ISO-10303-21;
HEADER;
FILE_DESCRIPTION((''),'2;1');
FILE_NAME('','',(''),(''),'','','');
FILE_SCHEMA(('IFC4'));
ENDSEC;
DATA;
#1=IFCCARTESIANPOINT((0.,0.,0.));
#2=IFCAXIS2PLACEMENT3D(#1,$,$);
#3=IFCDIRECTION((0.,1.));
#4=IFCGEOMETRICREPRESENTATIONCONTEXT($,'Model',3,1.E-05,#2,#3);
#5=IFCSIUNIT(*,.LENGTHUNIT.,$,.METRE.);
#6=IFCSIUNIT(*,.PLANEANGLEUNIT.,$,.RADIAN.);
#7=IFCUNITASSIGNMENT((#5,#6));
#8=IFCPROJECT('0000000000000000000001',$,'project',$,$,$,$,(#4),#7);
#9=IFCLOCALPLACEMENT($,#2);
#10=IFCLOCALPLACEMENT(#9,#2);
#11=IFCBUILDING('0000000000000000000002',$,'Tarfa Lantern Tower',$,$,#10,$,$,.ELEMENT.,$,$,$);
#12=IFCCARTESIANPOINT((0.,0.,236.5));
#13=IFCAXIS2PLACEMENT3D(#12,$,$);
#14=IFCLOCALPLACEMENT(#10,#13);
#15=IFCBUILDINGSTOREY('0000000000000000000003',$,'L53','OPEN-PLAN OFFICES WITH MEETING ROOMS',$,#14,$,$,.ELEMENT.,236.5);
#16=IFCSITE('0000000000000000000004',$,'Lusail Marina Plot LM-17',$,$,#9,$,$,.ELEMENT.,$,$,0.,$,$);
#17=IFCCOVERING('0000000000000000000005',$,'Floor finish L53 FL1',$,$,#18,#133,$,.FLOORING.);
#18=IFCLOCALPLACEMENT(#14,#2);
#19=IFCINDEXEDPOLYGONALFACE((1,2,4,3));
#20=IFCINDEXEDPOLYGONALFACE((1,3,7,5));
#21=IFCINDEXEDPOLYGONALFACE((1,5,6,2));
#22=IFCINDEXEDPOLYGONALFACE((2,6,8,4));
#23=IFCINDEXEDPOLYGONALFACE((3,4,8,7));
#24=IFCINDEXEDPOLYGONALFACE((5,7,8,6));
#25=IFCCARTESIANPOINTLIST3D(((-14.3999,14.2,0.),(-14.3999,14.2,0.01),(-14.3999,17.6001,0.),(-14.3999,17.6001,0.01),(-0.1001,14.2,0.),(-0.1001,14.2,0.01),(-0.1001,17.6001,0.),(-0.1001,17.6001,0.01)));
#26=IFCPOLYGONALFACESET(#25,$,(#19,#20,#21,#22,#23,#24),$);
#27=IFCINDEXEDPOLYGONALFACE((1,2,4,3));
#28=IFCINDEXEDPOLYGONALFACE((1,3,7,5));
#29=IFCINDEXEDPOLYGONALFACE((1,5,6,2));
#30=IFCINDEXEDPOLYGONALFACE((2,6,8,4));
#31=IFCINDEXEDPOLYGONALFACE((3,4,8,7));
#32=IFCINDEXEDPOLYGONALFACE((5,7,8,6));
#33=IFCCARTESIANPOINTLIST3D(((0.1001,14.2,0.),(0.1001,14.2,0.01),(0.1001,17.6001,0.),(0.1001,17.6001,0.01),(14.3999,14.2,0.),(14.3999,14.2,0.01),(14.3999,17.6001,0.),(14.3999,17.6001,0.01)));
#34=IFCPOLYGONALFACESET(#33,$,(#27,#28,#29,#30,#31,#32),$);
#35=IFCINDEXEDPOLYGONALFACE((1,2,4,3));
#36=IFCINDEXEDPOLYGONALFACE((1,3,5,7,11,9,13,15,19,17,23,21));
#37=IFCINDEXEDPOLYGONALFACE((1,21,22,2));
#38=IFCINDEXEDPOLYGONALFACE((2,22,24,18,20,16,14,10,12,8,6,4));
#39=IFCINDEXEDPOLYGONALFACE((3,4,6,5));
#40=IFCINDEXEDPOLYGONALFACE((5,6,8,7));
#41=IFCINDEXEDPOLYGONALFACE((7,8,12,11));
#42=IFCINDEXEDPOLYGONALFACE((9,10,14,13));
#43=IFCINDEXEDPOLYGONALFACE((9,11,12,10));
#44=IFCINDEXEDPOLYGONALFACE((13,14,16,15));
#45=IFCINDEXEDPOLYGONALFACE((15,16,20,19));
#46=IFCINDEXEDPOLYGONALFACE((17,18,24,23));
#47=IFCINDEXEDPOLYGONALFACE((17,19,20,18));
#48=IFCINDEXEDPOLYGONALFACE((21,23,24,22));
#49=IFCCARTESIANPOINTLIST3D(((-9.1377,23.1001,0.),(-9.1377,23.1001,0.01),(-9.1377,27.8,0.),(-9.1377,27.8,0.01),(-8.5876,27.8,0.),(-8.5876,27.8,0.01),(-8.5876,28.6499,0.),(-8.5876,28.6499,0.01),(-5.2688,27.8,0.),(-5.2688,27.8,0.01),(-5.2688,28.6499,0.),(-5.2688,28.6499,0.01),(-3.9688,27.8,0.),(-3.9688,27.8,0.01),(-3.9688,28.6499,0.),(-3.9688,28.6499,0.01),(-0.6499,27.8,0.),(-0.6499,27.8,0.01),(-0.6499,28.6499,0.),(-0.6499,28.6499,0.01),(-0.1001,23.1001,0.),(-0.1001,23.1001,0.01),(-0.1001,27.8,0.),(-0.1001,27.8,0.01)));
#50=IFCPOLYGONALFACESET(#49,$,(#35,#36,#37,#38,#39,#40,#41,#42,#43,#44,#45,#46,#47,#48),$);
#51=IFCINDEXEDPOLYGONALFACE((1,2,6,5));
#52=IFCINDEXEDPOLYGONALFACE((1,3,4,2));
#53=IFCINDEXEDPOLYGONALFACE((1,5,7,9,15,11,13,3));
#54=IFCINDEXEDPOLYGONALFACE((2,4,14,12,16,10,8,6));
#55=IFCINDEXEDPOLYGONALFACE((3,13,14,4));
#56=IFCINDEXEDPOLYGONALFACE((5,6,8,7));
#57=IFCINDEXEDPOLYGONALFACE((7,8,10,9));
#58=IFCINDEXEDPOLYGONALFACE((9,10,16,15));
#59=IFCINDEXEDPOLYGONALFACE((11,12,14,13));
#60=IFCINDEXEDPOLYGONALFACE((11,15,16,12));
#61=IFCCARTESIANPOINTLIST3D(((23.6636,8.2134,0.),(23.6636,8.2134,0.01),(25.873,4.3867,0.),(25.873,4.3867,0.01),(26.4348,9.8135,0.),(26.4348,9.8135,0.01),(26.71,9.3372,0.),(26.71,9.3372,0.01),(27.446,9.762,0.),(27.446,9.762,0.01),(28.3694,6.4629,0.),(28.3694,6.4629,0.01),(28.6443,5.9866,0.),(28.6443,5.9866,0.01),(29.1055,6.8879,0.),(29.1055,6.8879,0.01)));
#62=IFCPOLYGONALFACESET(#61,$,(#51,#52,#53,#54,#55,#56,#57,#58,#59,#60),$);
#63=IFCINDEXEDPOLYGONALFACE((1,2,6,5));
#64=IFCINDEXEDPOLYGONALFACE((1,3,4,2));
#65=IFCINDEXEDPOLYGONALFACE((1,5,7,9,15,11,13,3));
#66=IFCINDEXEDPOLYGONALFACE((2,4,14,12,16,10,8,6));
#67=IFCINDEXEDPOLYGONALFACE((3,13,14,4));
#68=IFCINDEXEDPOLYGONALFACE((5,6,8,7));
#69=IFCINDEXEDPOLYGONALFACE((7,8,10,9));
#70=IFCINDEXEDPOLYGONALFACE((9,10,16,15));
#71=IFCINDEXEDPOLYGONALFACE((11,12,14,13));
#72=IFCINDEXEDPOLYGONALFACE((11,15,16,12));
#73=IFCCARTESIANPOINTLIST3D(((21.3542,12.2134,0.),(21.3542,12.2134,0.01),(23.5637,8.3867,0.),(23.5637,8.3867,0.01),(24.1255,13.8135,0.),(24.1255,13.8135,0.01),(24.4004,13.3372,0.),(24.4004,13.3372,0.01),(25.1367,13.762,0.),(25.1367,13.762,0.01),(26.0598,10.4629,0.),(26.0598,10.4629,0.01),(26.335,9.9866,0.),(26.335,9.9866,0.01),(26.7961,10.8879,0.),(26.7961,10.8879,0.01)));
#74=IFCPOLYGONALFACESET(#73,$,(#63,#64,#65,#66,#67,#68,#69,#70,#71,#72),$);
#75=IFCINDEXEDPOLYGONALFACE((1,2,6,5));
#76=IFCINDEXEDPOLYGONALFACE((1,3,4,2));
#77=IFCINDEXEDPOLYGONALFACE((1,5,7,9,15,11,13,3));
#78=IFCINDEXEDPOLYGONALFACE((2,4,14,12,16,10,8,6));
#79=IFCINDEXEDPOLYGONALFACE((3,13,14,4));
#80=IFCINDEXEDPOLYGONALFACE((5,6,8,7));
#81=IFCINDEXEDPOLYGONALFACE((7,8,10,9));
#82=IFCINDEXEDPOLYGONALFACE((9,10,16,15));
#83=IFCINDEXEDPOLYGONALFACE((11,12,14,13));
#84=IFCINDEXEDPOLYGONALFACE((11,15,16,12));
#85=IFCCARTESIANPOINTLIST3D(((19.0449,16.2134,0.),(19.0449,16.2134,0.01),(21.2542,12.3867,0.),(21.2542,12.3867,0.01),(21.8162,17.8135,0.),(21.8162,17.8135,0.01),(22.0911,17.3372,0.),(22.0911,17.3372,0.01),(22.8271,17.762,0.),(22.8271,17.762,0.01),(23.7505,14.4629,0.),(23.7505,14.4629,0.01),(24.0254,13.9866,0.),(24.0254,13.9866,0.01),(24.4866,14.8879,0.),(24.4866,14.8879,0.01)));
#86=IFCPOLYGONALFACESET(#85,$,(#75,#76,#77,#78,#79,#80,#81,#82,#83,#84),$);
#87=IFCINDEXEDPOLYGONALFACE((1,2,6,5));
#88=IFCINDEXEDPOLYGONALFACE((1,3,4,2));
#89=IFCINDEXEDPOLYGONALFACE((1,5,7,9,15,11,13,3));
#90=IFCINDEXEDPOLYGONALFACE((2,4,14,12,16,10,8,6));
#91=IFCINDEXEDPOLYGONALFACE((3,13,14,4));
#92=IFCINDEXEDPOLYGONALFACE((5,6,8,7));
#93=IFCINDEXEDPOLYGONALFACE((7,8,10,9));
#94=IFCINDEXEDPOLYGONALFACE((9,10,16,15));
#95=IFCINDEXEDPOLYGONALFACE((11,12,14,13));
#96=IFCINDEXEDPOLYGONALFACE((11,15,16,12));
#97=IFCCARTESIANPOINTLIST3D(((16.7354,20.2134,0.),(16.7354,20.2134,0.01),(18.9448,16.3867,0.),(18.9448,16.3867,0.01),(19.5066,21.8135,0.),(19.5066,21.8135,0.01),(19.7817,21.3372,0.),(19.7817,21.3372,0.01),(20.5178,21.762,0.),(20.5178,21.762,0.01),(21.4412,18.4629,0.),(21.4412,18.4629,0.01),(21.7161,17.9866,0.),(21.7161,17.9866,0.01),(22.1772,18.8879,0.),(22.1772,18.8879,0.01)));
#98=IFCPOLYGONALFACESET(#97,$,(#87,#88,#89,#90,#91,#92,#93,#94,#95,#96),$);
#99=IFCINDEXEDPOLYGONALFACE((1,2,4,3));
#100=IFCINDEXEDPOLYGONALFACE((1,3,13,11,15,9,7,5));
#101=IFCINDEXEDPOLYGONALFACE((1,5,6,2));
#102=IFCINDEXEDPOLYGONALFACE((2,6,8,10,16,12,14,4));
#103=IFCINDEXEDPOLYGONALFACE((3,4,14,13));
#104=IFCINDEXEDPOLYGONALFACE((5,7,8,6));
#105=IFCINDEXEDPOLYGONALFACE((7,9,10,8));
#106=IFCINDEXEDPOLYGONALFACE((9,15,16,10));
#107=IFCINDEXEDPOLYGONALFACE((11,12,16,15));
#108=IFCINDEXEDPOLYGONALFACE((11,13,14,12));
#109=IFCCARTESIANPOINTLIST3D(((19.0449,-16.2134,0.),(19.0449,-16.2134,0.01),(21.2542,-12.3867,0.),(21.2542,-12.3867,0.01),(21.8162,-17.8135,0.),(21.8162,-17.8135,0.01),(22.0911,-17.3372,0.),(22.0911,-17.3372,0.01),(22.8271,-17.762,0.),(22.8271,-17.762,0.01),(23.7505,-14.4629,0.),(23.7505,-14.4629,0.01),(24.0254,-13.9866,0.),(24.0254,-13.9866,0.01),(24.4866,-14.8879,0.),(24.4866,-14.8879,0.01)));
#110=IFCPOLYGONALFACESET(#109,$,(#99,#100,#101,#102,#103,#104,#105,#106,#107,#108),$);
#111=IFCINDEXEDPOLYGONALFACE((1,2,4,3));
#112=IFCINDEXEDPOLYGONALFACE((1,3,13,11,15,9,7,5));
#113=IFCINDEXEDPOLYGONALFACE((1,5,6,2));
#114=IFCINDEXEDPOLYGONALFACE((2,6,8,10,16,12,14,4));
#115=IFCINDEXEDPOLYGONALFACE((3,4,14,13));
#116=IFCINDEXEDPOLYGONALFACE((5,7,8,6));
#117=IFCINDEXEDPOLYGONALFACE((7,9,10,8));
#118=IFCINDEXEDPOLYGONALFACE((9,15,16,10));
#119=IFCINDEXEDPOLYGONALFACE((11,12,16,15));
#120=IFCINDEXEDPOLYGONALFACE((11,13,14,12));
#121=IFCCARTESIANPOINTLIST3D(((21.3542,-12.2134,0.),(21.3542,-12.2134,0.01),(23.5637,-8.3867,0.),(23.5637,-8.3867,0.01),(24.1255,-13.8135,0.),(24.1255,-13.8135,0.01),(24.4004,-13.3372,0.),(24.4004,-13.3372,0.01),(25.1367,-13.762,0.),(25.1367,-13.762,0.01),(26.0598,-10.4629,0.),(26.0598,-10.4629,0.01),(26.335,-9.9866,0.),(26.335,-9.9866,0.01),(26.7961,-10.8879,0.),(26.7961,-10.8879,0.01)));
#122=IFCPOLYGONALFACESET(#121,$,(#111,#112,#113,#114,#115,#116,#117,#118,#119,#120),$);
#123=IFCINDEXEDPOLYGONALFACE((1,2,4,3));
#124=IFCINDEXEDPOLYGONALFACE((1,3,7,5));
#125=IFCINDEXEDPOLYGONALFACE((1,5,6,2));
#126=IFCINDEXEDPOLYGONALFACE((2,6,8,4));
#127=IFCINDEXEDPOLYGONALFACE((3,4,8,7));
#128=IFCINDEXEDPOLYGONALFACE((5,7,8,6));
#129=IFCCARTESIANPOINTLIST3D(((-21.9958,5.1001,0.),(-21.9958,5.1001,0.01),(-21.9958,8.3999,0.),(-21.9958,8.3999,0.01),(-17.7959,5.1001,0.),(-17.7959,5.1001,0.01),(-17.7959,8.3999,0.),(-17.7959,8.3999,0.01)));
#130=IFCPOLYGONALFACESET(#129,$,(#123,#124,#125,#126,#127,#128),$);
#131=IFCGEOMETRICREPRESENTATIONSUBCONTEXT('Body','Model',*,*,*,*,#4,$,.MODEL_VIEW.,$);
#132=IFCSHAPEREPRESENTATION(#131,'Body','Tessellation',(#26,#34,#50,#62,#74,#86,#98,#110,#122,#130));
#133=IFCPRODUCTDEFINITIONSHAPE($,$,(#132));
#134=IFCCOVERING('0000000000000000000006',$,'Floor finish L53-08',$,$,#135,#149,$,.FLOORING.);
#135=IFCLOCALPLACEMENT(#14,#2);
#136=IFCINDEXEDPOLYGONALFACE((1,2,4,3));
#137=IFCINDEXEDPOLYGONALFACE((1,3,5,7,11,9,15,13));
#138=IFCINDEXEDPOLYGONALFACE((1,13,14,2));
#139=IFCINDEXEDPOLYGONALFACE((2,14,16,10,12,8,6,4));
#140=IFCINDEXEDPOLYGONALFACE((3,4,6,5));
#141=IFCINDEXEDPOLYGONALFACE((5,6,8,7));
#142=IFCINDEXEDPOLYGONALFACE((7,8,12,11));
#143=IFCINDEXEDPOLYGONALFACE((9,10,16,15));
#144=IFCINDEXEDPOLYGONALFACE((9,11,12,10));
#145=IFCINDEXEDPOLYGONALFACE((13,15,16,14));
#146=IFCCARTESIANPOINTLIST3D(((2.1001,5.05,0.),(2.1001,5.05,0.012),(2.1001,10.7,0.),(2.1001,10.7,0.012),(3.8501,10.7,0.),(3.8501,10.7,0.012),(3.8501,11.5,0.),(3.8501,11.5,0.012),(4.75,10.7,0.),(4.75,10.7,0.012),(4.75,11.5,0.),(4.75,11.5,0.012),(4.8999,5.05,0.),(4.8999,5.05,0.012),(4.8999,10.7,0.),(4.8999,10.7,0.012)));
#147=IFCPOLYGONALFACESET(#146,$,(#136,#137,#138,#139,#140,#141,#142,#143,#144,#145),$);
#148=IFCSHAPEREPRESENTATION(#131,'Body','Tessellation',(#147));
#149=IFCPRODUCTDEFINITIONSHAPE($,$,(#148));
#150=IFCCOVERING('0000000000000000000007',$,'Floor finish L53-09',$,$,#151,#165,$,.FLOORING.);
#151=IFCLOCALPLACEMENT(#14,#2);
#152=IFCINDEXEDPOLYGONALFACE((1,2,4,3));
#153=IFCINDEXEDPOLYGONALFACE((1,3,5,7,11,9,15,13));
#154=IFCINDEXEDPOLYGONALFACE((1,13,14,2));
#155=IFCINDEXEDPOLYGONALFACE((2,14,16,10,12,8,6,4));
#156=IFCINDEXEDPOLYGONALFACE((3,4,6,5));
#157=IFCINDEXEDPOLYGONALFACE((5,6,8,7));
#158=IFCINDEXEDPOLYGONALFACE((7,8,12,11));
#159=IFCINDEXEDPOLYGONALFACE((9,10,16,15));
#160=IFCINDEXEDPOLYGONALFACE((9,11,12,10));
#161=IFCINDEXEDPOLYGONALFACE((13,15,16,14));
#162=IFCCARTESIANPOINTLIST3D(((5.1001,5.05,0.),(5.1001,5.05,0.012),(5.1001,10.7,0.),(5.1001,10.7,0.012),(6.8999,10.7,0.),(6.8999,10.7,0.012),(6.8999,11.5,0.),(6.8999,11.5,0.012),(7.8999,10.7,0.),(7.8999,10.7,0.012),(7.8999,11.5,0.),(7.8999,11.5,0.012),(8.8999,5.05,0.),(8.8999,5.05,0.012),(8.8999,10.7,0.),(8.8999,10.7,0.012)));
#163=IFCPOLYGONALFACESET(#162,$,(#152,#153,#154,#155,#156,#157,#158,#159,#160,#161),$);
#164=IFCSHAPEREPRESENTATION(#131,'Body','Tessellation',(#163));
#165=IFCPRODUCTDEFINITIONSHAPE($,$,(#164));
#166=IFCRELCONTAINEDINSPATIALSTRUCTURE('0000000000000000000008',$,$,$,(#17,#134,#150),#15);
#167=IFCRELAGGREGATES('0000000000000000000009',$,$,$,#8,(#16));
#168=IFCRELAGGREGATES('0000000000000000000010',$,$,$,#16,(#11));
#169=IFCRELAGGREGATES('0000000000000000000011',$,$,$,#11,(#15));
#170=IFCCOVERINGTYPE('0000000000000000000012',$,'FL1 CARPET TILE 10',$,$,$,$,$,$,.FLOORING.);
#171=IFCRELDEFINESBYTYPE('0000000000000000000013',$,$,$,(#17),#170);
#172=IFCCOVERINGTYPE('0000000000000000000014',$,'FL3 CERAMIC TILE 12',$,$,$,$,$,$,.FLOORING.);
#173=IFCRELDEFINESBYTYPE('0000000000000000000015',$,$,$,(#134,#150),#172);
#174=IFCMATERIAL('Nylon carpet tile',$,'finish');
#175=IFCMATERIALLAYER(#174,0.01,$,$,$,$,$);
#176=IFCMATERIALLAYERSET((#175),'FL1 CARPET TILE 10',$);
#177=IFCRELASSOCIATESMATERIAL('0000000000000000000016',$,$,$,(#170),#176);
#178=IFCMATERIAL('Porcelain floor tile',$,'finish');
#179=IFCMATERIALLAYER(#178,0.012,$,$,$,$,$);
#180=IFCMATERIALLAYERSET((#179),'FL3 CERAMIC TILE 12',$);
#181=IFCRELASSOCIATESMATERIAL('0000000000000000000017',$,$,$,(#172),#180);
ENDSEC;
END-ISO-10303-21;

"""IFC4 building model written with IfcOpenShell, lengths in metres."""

from ifc_helpers import new_model, si_unit, direction, frame, origin, place, context, subcontext, project, spatial, polyline, outline, extrude, material, layer, layer_set, type_object, element, save


model = new_model("IFC4")

# Units and contexts
model_context = context("Model", 3, precision=1e-05, world=origin(), true_north=direction((0.0, 1.0)))
body_context = subcontext(model_context, "Body", "Model", "MODEL_VIEW")
ifc_project = project(units=[si_unit("LENGTHUNIT", "METRE"), si_unit("PLANEANGLEUNIT", "RADIAN")], contexts=[model_context])

# Site, building, storey
site_placement = place(None, origin())
site = spatial("IfcSite", under=ifc_project, at=site_placement, Name="Lusail Marina Plot LM-17", CompositionType="ELEMENT", RefElevation=0.0)
building_placement = place(site_placement, origin())
building = spatial("IfcBuilding", under=site, at=building_placement, Name="Tarfa Lantern Tower", CompositionType="ELEMENT")
storey_placement = place(building_placement, frame((0.0, 0.0, 236.5)))
storey = spatial("IfcBuildingStorey", under=building, at=storey_placement, Name="L53", Description="OPEN-PLAN OFFICES WITH MEETING ROOMS", CompositionType="ELEMENT", Elevation=236.5)

# Coverings
ifc_material_1 = material(Name="Nylon carpet tile", Category="finish")
ifc_layer_1 = layer(ifc_material_1, 0.01)
ifc_layer_set_1 = layer_set([ifc_layer_1], Name="FL1 CARPET TILE 10")
covering_type_1 = type_object("IfcCoveringType", Name="FL1 CARPET TILE 10", PredefinedType="FLOORING", material=ifc_layer_set_1)
covering_1_placement = place(storey_placement, origin())
element("IfcCovering", 1, at=covering_1_placement, inside=storey, type_object=covering_type_1, Name="Floor finish L53 FL1", PredefinedType="FLOORING", context=body_context, shape_type="SweptSolid", body=[
    extrude(outline(polyline([(-14.3999, 17.6001), (-0.1001, 17.6001), (-0.1001, 14.2), (-14.3999, 14.2), (-14.3999, 17.6001)])), origin(), (0.0, 0.0, 1.0), 0.01),
    extrude(outline(polyline([(0.1001, 17.6001), (14.3999, 17.6001), (14.3999, 14.2), (0.1001, 14.2), (0.1001, 17.6001)])), origin(), (0.0, 0.0, 1.0), 0.01),
    extrude(outline(polyline([(-0.1001, 23.1001), (-9.1377, 23.1001), (-9.1377, 27.8), (-8.5876, 27.8), (-8.5876, 28.6499), (-5.2688, 28.6499), (-5.2688, 27.8), (-3.9688, 27.8), (-3.9688, 28.6499), (-0.6499, 28.6499), (-0.6499, 27.8), (-0.1001, 27.8), (-0.1001, 23.1001)])), origin(), (0.0, 0.0, 1.0), 0.01),
    extrude(outline(polyline([(23.6636, 8.2134), (26.4348, 9.8135), (26.71, 9.3372), (27.446, 9.762), (29.1055, 6.8879), (28.3694, 6.4629), (28.6443, 5.9866), (25.873, 4.3867), (23.6636, 8.2134)])), origin(), (0.0, 0.0, 1.0), 0.01),
    extrude(outline(polyline([(21.3542, 12.2134), (24.1255, 13.8135), (24.4004, 13.3372), (25.1367, 13.762), (26.7961, 10.8879), (26.0598, 10.4629), (26.335, 9.9866), (23.5637, 8.3867), (21.3542, 12.2134)])), origin(), (0.0, 0.0, 1.0), 0.01),
    extrude(outline(polyline([(19.0449, 16.2134), (21.8162, 17.8135), (22.0911, 17.3372), (22.8271, 17.762), (24.4866, 14.8879), (23.7505, 14.4629), (24.0254, 13.9866), (21.2542, 12.3867), (19.0449, 16.2134)])), origin(), (0.0, 0.0, 1.0), 0.01),
    extrude(outline(polyline([(16.7354, 20.2134), (19.5066, 21.8135), (19.7817, 21.3372), (20.5178, 21.762), (22.1772, 18.8879), (21.4412, 18.4629), (21.7161, 17.9866), (18.9448, 16.3867), (16.7354, 20.2134)])), origin(), (0.0, 0.0, 1.0), 0.01),
    extrude(outline(polyline([(21.2542, -12.3867), (24.0254, -13.9866), (23.7505, -14.4629), (24.4866, -14.8879), (22.8271, -17.762), (22.0911, -17.3372), (21.8162, -17.8135), (19.0449, -16.2134), (21.2542, -12.3867)])), origin(), (0.0, 0.0, 1.0), 0.01),
    extrude(outline(polyline([(23.5637, -8.3867), (26.335, -9.9866), (26.0598, -10.4629), (26.7961, -10.8879), (25.1367, -13.762), (24.4004, -13.3372), (24.1255, -13.8135), (21.3542, -12.2134), (23.5637, -8.3867)])), origin(), (0.0, 0.0, 1.0), 0.01),
    extrude(outline(polyline([(-21.9958, 8.3999), (-17.7959, 8.3999), (-17.7959, 5.1001), (-21.9958, 5.1001), (-21.9958, 8.3999)])), origin(), (0.0, 0.0, 1.0), 0.01),
])
ifc_material_2 = material(Name="Porcelain floor tile", Category="finish")
ifc_layer_2 = layer(ifc_material_2, 0.012)
ifc_layer_set_2 = layer_set([ifc_layer_2], Name="FL3 CERAMIC TILE 12")
covering_type_2 = type_object("IfcCoveringType", Name="FL3 CERAMIC TILE 12", PredefinedType="FLOORING", material=ifc_layer_set_2)
covering_2_placement = place(storey_placement, origin())
element("IfcCovering", 2, at=covering_2_placement, inside=storey, type_object=covering_type_2, Name="Floor finish L53-08", PredefinedType="FLOORING", context=body_context, shape_type="SweptSolid", body=[
    extrude(outline(polyline([(2.1001, 5.05), (4.8999, 5.05), (4.8999, 10.7), (4.75, 10.7), (4.75, 11.5), (3.8501, 11.5), (3.8501, 10.7), (2.1001, 10.7), (2.1001, 5.05)])), origin(), (0.0, 0.0, 1.0), 0.012),
])
covering_3_placement = place(storey_placement, origin())
element("IfcCovering", 3, at=covering_3_placement, inside=storey, type_object=covering_type_2, Name="Floor finish L53-09", PredefinedType="FLOORING", context=body_context, shape_type="SweptSolid", body=[
    extrude(outline(polyline([(5.1001, 5.05), (8.8999, 5.05), (8.8999, 10.7), (7.8999, 10.7), (7.8999, 11.5), (6.8999, 11.5), (6.8999, 10.7), (5.1001, 10.7), (5.1001, 5.05)])), origin(), (0.0, 0.0, 1.0), 0.012),
])

save(model, "model.ifc")
